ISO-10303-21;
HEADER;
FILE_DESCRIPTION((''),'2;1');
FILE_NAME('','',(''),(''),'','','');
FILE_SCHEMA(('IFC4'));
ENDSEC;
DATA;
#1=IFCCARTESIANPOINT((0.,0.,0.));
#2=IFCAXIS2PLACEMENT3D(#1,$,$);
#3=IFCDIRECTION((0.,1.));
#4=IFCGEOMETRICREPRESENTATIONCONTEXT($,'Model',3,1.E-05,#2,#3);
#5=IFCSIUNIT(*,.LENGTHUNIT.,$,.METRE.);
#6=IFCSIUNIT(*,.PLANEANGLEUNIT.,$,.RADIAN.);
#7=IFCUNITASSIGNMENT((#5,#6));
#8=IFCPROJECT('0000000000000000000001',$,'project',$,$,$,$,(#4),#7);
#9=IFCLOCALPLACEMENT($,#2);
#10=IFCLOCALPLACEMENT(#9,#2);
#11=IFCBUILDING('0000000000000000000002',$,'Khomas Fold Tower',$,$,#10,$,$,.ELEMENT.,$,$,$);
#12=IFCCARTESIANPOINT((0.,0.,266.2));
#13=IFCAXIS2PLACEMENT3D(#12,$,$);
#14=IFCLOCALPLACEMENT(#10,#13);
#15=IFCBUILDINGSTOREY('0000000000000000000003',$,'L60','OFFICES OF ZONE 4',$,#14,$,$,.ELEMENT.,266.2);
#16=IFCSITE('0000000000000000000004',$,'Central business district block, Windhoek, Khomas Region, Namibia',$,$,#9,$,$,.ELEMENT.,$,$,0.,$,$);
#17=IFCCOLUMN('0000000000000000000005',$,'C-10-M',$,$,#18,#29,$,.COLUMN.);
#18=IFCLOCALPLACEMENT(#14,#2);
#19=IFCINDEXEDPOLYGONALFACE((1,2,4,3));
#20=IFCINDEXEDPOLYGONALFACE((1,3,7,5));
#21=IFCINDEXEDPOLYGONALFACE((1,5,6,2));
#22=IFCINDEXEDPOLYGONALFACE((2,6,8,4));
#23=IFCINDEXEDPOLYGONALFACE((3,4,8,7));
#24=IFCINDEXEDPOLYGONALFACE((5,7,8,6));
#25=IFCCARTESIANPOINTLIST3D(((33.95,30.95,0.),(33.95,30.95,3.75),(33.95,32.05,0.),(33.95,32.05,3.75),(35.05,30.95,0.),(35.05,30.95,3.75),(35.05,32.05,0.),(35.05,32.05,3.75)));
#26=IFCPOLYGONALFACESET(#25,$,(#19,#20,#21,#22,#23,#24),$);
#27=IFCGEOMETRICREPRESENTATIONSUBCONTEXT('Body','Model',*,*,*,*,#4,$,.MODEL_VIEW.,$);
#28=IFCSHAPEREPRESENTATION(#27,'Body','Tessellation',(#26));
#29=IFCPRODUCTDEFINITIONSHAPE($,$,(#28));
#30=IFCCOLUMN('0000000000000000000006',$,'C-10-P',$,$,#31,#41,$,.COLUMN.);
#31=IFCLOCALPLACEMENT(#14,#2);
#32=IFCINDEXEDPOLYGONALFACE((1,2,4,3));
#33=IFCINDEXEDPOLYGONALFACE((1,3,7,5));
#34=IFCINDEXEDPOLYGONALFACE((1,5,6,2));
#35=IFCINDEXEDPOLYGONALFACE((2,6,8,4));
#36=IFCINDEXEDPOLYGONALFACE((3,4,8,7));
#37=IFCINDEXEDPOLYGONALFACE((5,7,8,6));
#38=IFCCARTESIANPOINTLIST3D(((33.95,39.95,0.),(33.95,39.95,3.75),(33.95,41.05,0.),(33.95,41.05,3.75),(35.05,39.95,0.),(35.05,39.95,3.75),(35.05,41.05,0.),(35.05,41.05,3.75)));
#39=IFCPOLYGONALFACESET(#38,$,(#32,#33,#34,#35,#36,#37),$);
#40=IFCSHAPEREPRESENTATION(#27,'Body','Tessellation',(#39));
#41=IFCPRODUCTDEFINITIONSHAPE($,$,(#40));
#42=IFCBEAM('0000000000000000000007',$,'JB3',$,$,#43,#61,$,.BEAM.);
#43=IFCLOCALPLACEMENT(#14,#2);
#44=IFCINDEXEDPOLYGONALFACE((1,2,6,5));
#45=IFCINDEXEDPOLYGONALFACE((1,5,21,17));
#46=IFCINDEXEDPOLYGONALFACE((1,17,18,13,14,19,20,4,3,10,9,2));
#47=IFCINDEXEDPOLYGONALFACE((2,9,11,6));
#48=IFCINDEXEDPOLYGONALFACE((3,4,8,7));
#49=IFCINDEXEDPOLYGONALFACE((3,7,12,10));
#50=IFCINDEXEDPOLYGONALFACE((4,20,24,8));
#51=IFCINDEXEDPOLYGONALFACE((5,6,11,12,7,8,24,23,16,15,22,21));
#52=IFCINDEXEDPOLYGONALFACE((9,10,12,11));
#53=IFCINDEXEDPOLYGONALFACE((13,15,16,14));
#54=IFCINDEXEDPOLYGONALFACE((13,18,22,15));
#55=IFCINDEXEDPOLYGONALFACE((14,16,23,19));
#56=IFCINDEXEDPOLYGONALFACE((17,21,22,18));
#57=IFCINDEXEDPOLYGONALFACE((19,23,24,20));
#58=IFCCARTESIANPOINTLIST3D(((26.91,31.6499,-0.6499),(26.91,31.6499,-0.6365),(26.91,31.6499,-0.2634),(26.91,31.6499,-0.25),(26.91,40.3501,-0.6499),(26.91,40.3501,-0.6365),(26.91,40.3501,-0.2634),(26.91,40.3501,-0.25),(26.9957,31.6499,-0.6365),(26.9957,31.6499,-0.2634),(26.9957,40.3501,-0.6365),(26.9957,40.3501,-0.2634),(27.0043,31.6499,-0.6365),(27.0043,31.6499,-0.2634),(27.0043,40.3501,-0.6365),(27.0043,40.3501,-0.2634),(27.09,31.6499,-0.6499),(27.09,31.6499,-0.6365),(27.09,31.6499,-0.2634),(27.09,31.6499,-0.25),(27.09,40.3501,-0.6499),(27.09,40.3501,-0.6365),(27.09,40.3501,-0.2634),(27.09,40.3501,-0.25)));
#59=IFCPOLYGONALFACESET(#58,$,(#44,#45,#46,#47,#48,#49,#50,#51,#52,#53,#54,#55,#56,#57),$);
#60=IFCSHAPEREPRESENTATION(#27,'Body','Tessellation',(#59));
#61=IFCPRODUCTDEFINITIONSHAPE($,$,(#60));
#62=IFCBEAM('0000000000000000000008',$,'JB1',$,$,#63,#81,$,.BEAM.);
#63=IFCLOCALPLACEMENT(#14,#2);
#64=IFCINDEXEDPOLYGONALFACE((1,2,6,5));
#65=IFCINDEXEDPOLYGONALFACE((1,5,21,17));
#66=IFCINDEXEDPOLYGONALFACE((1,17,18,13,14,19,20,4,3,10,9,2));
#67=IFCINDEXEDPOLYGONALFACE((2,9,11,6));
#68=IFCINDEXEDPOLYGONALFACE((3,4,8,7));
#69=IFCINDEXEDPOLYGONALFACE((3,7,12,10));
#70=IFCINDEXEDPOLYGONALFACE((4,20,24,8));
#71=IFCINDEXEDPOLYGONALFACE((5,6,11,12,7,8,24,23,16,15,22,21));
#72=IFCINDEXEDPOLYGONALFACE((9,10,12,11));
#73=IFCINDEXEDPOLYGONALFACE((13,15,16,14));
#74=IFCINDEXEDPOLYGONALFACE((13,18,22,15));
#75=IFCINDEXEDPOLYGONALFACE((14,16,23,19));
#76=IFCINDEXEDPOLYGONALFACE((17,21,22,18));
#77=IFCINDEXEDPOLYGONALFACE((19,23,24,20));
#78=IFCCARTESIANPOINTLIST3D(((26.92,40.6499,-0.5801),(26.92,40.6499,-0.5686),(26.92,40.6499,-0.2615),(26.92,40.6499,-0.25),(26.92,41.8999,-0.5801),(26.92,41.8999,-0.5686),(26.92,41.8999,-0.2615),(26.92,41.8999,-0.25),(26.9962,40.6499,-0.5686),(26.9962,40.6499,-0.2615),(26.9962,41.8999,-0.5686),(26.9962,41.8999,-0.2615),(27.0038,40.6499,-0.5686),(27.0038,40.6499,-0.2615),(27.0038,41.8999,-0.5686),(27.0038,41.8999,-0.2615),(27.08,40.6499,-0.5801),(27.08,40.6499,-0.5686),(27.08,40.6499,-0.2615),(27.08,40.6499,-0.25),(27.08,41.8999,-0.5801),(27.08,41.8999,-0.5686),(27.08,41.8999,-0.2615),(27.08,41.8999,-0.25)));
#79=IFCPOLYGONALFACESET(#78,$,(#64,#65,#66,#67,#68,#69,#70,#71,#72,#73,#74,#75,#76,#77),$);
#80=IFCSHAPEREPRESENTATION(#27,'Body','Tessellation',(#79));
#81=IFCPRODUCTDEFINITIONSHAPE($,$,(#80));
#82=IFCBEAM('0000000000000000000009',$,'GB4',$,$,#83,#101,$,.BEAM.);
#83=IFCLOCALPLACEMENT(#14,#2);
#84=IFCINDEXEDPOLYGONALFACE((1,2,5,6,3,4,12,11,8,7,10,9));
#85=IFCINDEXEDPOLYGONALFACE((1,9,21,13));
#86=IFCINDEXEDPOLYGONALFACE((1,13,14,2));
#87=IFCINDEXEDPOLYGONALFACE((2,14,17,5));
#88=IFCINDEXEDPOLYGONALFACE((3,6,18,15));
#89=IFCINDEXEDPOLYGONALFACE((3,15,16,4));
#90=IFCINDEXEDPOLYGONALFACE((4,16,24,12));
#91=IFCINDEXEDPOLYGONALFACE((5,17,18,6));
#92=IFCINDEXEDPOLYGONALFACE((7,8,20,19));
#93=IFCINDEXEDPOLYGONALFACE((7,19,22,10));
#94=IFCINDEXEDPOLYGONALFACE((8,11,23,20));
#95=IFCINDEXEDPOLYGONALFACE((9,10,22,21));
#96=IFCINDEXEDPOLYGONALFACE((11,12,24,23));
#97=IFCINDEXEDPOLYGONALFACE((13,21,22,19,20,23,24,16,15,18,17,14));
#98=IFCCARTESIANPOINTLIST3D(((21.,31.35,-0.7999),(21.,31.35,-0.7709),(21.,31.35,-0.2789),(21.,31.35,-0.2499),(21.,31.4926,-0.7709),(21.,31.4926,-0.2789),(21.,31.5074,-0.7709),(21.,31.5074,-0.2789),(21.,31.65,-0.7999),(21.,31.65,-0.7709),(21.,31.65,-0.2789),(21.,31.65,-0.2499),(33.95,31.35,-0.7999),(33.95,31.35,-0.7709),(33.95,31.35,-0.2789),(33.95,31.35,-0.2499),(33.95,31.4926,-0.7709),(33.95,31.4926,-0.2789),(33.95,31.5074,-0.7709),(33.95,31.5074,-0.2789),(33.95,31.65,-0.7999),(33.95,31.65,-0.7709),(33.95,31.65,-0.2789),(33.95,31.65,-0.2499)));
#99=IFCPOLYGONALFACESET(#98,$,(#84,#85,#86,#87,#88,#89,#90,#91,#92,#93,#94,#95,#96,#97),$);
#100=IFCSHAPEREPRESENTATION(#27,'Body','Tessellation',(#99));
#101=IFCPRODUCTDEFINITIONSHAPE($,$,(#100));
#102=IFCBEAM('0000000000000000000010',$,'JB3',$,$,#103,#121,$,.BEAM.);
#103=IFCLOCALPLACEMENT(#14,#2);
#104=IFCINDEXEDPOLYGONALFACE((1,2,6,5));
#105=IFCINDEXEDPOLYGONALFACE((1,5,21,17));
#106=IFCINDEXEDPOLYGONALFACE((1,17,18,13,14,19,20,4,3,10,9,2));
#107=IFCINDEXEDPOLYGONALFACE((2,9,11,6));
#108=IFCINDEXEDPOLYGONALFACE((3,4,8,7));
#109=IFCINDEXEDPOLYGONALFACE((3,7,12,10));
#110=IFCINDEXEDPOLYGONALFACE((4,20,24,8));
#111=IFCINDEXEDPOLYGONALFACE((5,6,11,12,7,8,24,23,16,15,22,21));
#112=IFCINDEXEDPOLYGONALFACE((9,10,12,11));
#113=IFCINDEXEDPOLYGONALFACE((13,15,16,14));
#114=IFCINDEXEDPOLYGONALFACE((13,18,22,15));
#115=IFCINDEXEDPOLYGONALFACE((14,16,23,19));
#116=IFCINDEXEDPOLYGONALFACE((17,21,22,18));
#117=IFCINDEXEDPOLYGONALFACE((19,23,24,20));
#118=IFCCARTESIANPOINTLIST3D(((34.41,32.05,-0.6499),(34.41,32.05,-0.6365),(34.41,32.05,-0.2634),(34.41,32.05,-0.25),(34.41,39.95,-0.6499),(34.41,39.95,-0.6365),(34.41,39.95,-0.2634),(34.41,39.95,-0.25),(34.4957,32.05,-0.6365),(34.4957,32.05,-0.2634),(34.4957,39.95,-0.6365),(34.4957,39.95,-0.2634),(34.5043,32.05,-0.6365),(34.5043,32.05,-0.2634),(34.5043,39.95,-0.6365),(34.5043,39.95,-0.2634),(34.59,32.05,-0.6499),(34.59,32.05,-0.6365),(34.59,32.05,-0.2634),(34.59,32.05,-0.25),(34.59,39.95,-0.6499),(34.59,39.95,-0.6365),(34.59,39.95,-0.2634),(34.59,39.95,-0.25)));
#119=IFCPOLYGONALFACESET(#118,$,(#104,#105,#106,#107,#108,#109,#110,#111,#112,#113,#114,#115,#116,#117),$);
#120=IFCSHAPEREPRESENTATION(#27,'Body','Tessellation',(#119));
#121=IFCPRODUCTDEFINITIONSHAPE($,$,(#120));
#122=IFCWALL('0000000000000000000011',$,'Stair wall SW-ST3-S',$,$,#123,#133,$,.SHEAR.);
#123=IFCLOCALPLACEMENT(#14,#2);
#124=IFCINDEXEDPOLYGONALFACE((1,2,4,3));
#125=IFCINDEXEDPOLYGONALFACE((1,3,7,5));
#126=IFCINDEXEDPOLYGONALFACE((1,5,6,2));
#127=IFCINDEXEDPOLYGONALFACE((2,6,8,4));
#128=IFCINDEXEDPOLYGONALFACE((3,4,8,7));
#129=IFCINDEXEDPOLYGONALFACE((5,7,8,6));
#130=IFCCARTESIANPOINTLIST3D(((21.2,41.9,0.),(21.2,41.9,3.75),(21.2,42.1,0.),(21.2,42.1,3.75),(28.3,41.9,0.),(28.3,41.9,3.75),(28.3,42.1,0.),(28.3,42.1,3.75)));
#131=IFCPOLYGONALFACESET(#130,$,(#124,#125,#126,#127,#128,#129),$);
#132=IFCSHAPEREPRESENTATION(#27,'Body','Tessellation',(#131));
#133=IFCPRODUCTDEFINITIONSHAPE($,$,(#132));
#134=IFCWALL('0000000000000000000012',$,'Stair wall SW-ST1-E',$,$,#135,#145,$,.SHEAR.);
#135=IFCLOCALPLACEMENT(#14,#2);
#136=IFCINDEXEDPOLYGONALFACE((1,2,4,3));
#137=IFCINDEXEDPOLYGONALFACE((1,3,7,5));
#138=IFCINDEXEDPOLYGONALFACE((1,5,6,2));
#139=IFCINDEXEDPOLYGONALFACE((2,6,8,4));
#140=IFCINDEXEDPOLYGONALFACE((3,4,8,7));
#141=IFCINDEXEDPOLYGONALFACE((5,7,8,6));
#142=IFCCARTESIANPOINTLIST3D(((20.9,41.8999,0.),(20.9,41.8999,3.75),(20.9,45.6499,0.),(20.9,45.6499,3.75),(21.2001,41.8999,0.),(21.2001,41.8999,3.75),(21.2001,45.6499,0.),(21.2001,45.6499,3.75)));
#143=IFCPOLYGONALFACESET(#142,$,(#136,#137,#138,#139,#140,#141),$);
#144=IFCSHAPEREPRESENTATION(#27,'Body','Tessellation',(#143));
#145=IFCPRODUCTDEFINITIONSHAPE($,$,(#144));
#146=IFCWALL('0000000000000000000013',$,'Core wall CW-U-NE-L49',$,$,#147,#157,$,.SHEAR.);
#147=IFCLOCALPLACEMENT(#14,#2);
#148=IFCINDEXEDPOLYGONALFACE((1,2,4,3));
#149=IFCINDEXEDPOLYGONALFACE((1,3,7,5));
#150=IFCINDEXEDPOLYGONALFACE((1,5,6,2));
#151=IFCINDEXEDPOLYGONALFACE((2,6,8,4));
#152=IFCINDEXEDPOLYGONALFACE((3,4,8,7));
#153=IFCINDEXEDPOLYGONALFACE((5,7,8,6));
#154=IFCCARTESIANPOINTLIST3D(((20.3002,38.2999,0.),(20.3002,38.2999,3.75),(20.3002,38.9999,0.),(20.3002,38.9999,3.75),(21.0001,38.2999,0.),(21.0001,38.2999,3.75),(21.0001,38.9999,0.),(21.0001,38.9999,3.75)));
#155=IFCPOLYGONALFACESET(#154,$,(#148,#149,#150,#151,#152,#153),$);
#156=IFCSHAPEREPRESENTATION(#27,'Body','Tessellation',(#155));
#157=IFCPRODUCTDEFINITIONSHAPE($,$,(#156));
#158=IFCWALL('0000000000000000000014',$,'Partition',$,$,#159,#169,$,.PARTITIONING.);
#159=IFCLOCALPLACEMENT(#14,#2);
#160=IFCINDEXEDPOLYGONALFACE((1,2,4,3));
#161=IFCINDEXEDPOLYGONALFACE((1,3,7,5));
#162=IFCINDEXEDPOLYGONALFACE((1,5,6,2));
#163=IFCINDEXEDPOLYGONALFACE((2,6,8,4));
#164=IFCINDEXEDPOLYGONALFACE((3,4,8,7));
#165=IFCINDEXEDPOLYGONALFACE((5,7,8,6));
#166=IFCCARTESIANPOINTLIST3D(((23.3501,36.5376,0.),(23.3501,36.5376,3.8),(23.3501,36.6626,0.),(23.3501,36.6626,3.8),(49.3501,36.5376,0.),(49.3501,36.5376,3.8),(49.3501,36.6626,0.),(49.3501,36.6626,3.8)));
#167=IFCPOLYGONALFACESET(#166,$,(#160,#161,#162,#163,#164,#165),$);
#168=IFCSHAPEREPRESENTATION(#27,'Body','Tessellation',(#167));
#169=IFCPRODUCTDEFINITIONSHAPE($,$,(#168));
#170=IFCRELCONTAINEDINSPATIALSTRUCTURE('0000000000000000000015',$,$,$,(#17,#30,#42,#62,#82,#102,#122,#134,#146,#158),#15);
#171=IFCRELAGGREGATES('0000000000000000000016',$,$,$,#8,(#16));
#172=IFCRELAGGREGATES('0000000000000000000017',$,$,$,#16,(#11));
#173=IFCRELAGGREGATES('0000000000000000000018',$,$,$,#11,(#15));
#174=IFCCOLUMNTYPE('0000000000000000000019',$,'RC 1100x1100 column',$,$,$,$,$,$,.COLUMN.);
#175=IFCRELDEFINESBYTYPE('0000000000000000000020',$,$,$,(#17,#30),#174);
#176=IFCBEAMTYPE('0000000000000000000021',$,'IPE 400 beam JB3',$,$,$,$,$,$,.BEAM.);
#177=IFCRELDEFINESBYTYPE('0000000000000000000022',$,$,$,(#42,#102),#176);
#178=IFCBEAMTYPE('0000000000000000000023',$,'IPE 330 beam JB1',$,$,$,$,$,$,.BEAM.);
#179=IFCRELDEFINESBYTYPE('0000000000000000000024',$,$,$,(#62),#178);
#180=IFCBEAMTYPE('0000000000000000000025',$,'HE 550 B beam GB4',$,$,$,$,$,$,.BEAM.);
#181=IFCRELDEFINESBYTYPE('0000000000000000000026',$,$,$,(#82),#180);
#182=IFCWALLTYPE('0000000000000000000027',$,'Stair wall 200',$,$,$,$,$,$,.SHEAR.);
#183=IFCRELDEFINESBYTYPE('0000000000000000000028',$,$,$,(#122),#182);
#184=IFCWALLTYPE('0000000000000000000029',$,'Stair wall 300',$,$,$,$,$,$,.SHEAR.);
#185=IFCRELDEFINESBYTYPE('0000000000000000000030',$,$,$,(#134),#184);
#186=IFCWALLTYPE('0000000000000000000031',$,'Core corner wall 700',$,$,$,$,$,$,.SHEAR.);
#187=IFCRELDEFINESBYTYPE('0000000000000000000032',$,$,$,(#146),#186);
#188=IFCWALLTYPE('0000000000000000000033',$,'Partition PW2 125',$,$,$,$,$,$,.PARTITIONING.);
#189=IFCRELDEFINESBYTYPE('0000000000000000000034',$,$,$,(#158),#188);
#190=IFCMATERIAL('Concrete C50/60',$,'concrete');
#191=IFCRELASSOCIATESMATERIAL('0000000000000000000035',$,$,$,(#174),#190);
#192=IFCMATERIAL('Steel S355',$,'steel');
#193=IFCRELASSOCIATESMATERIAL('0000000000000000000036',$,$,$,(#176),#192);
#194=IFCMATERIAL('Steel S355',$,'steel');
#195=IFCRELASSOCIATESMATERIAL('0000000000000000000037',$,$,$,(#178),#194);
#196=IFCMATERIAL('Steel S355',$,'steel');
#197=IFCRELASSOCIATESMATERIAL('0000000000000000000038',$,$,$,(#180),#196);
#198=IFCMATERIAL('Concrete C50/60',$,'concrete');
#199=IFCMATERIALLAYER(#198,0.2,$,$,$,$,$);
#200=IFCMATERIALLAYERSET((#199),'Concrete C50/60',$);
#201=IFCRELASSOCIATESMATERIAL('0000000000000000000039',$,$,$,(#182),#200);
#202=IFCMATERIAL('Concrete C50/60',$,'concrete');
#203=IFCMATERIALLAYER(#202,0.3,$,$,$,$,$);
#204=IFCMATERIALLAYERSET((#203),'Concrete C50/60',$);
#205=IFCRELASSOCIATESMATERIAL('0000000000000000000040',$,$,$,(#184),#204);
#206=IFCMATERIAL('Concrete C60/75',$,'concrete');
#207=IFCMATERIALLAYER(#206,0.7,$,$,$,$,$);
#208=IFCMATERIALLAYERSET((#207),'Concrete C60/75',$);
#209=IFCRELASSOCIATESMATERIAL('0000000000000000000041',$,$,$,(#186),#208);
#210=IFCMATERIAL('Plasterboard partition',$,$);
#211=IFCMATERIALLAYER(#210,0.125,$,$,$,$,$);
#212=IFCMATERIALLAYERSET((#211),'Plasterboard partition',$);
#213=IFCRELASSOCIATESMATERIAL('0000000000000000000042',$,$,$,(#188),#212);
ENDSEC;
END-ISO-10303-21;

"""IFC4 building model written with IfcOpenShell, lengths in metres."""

from ifc_helpers import new_model, si_unit, direction, frame, frame_2d, origin, origin_2d, place, context, subcontext, project, spatial, rectangle, i_section, extrude, source, transform, mapped, material, layer, layer_set, material_profile, profile_set, type_object, element, save


model = new_model("IFC4")

# Units and contexts
model_context = context("Model", 3, precision=1e-05, world=origin(), true_north=direction((0.0, 1.0)))
body_context = subcontext(model_context, "Body", "Model", "MODEL_VIEW")
ifc_project = project(units=[si_unit("LENGTHUNIT", "METRE"), si_unit("PLANEANGLEUNIT", "RADIAN")], contexts=[model_context])

# Site, building, storey
site_placement = place(None, origin())
site = spatial("IfcSite", under=ifc_project, at=site_placement, Name="Central business district block, Windhoek, Khomas Region, Namibia", CompositionType="ELEMENT", RefElevation=0.0)
building_placement = place(site_placement, origin())
building = spatial("IfcBuilding", under=site, at=building_placement, Name="Khomas Fold Tower", CompositionType="ELEMENT")
storey_placement = place(building_placement, frame((0.0, 0.0, 266.2)))
storey = spatial("IfcBuildingStorey", under=building, at=storey_placement, Name="L60", Description="OFFICES OF ZONE 4", CompositionType="ELEMENT", Elevation=266.2)

# Columns
ifc_material_1 = material(Name="Concrete C50/60", Category="concrete")
ifc_material_profile_1 = material_profile(ifc_material_1, rectangle(XDim=1.1001, YDim=1.1001, at=origin_2d()), Name="RC 1100x1100")
ifc_profile_set_1 = profile_set([ifc_material_profile_1], Name="Concrete C50/60")
column_type = type_object("IfcColumnType", Name="RC 1100x1100 column", PredefinedType="COLUMN", material=ifc_profile_set_1)
shared_shape_1 = source(origin(), body_context, "Body", "SweptSolid", [
    extrude(rectangle(XDim=1.1001, YDim=1.1001, at=origin_2d()), origin(), (0.0, 0.0, 1.0), 3.75),
])
for number, where, z_axis, x_axis, name in (
    (1, (34.5, 31.5, 0.0), (0.0, 0.0, 1.0), (1.0, 0.0, 0.0), "C-10-M"),
    (2, (34.5, 40.5, 0.0), (0.0, 0.0, 1.0), (1.0, 0.0, 0.0), "C-10-P"),
):
    element("IfcColumn", number, at=place(storey_placement, frame(where, z_axis=z_axis, x_axis=x_axis)), inside=storey, type_object=column_type, Name=name, PredefinedType="COLUMN", context=body_context, shape_type="MappedRepresentation", body=[
        mapped(shared_shape_1, transform((0.0, 0.0, 0.0))),
    ])

# Beams
ifc_material_2 = material(Name="Steel S355", Category="steel")
ifc_material_profile_2 = material_profile(ifc_material_2, i_section(OverallWidth=0.1799, OverallDepth=0.3999, WebThickness=0.0085, FlangeThickness=0.0134, at=origin_2d()), Name="IPE 400")
ifc_profile_set_2 = profile_set([ifc_material_profile_2], Name="Steel S355")
beam_type_1 = type_object("IfcBeamType", Name="IPE 400 beam JB3", PredefinedType="BEAM", material=ifc_profile_set_2)
shared_shape_2 = source(origin(), body_context, "Body", "SweptSolid", [
    extrude(i_section(OverallWidth=0.1799, OverallDepth=0.3999, WebThickness=0.0085, FlangeThickness=0.0134, at=origin_2d()), origin(), (0.0, 0.0, 1.0), 8.7002),
])
beam_1_placement = place(storey_placement, frame((27.0, 31.6499, -0.45), z_axis=(0.0, 1.0, 0.0), x_axis=(-1.0, 0.0, 0.0)))
element("IfcBeam", 3, at=beam_1_placement, inside=storey, type_object=beam_type_1, Name="JB3", PredefinedType="BEAM", context=body_context, shape_type="MappedRepresentation", body=[
    mapped(shared_shape_2, transform((0.0, 0.0, 0.0))),
])
ifc_material_3 = material(Name="Steel S355", Category="steel")
ifc_material_profile_3 = material_profile(ifc_material_3, i_section(OverallWidth=0.1599, OverallDepth=0.3301, WebThickness=0.0076, FlangeThickness=0.0115, at=origin_2d()), Name="IPE 330")
ifc_profile_set_3 = profile_set([ifc_material_profile_3], Name="Steel S355")
beam_type_2 = type_object("IfcBeamType", Name="IPE 330 beam JB1", PredefinedType="BEAM", material=ifc_profile_set_3)
shared_shape_3 = source(origin(), body_context, "Body", "SweptSolid", [
    extrude(i_section(OverallWidth=0.1599, OverallDepth=0.3301, WebThickness=0.0076, FlangeThickness=0.0115, at=origin_2d()), origin(), (0.0, 0.0, 1.0), 1.25),
])
beam_2_placement = place(storey_placement, frame((27.0, 40.6499, -0.415), z_axis=(0.0, 1.0, 0.0), x_axis=(-1.0, 0.0, 0.0)))
element("IfcBeam", 4, at=beam_2_placement, inside=storey, type_object=beam_type_2, Name="JB1", PredefinedType="BEAM", context=body_context, shape_type="MappedRepresentation", body=[
    mapped(shared_shape_3, transform((0.0, 0.0, 0.0))),
])
ifc_material_4 = material(Name="Steel S355", Category="steel")
ifc_material_profile_4 = material_profile(ifc_material_4, i_section(OverallWidth=0.3, OverallDepth=0.55, WebThickness=0.0149, FlangeThickness=0.0291, at=origin_2d()), Name="HE 550 B")
ifc_profile_set_4 = profile_set([ifc_material_profile_4], Name="Steel S355")
beam_type_3 = type_object("IfcBeamType", Name="HE 550 B beam GB4", PredefinedType="BEAM", material=ifc_profile_set_4)
shared_shape_4 = source(origin(), body_context, "Body", "SweptSolid", [
    extrude(i_section(OverallWidth=0.3, OverallDepth=0.55, WebThickness=0.0149, FlangeThickness=0.0291, at=origin_2d()), origin(), (0.0, 0.0, 1.0), 12.95),
])
beam_3_placement = place(storey_placement, frame((21.0, 31.5, -0.5249), z_axis=(1.0, 0.0, 0.0), x_axis=(0.0, 1.0, 0.0)))
element("IfcBeam", 5, at=beam_3_placement, inside=storey, type_object=beam_type_3, Name="GB4", PredefinedType="BEAM", context=body_context, shape_type="MappedRepresentation", body=[
    mapped(shared_shape_4, transform((0.0, 0.0, 0.0))),
])
shared_shape_5 = source(origin(), body_context, "Body", "SweptSolid", [
    extrude(i_section(OverallWidth=0.1799, OverallDepth=0.3999, WebThickness=0.0085, FlangeThickness=0.0134, at=origin_2d()), origin(), (0.0, 0.0, 1.0), 7.8999),
])
beam_4_placement = place(storey_placement, frame((34.5, 32.05, -0.45), z_axis=(0.0, 1.0, 0.0), x_axis=(-1.0, 0.0, 0.0)))
element("IfcBeam", 6, at=beam_4_placement, inside=storey, type_object=beam_type_1, Name="JB3", PredefinedType="BEAM", context=body_context, shape_type="MappedRepresentation", body=[
    mapped(shared_shape_5, transform((0.0, 0.0, 0.0))),
])

# Walls
ifc_material_5 = material(Name="Concrete C50/60", Category="concrete")
ifc_layer_1 = layer(ifc_material_5, 0.2)
ifc_layer_set_1 = layer_set([ifc_layer_1], Name="Concrete C50/60")
wall_type_1 = type_object("IfcWallType", Name="Stair wall 200", PredefinedType="SHEAR", material=ifc_layer_set_1)
shared_shape_6 = source(origin(), body_context, "Body", "SweptSolid", [
    extrude(rectangle(XDim=7.1001, YDim=0.2, at=frame_2d((3.55, 0.0))), origin(), (0.0, 0.0, 1.0), 3.75),
])
wall_1_placement = place(storey_placement, frame((21.2, 42.0, 0.0), z_axis=(0.0, 0.0, 1.0), x_axis=(1.0, 0.0, 0.0)))
element("IfcWall", 7, at=wall_1_placement, inside=storey, type_object=wall_type_1, Name="Stair wall SW-ST3-S", PredefinedType="SHEAR", context=body_context, shape_type="MappedRepresentation", body=[
    mapped(shared_shape_6, transform((0.0, 0.0, 0.0))),
])
ifc_material_6 = material(Name="Concrete C50/60", Category="concrete")
ifc_layer_2 = layer(ifc_material_6, 0.3)
ifc_layer_set_2 = layer_set([ifc_layer_2], Name="Concrete C50/60")
wall_type_2 = type_object("IfcWallType", Name="Stair wall 300", PredefinedType="SHEAR", material=ifc_layer_set_2)
shared_shape_7 = source(origin(), body_context, "Body", "SweptSolid", [
    extrude(rectangle(XDim=3.75, YDim=0.3, at=frame_2d((1.875, 0.0))), origin(), (0.0, 0.0, 1.0), 3.75),
])
wall_2_placement = place(storey_placement, frame((21.05, 41.8999, 0.0), z_axis=(0.0, 0.0, 1.0), x_axis=(0.0, 1.0, 0.0)))
element("IfcWall", 8, at=wall_2_placement, inside=storey, type_object=wall_type_2, Name="Stair wall SW-ST1-E", PredefinedType="SHEAR", context=body_context, shape_type="MappedRepresentation", body=[
    mapped(shared_shape_7, transform((0.0, 0.0, 0.0))),
])
ifc_material_7 = material(Name="Concrete C60/75", Category="concrete")
ifc_layer_3 = layer(ifc_material_7, 0.7)
ifc_layer_set_3 = layer_set([ifc_layer_3], Name="Concrete C60/75")
wall_type_3 = type_object("IfcWallType", Name="Core corner wall 700", PredefinedType="SHEAR", material=ifc_layer_set_3)
shared_shape_8 = source(origin(), body_context, "Body", "SweptSolid", [
    extrude(rectangle(XDim=0.7, YDim=0.7, at=frame_2d((0.3501, 0.0))), origin(), (0.0, 0.0, 1.0), 3.75),
])
wall_3_placement = place(storey_placement, frame((20.3, 38.6499, 0.0), z_axis=(0.0, 0.0, 1.0), x_axis=(1.0, 0.0, 0.0)))
element("IfcWall", 9, at=wall_3_placement, inside=storey, type_object=wall_type_3, Name="Core wall CW-U-NE-L49", PredefinedType="SHEAR", context=body_context, shape_type="MappedRepresentation", body=[
    mapped(shared_shape_8, transform((0.0, 0.0, 0.0))),
])
ifc_material_8 = material(Name="Plasterboard partition")
ifc_layer_4 = layer(ifc_material_8, 0.125)
ifc_layer_set_4 = layer_set([ifc_layer_4], Name="Plasterboard partition")
wall_type_4 = type_object("IfcWallType", Name="Partition PW2 125", PredefinedType="PARTITIONING", material=ifc_layer_set_4)
shared_shape_9 = source(origin(), body_context, "Body", "SweptSolid", [
    extrude(rectangle(XDim=26.0, YDim=0.125, at=frame_2d((13.0, 0.0))), origin(), (0.0, 0.0, 1.0), 3.8),
])
wall_4_placement = place(storey_placement, frame((23.3501, 36.6001, 0.0), z_axis=(0.0, 0.0, 1.0), x_axis=(1.0, 0.0, 0.0)))
element("IfcWall", 10, at=wall_4_placement, inside=storey, type_object=wall_type_4, Name="Partition", PredefinedType="PARTITIONING", context=body_context, shape_type="MappedRepresentation", body=[
    mapped(shared_shape_9, transform((0.0, 0.0, 0.0))),
])

save(model, "model.ifc")
